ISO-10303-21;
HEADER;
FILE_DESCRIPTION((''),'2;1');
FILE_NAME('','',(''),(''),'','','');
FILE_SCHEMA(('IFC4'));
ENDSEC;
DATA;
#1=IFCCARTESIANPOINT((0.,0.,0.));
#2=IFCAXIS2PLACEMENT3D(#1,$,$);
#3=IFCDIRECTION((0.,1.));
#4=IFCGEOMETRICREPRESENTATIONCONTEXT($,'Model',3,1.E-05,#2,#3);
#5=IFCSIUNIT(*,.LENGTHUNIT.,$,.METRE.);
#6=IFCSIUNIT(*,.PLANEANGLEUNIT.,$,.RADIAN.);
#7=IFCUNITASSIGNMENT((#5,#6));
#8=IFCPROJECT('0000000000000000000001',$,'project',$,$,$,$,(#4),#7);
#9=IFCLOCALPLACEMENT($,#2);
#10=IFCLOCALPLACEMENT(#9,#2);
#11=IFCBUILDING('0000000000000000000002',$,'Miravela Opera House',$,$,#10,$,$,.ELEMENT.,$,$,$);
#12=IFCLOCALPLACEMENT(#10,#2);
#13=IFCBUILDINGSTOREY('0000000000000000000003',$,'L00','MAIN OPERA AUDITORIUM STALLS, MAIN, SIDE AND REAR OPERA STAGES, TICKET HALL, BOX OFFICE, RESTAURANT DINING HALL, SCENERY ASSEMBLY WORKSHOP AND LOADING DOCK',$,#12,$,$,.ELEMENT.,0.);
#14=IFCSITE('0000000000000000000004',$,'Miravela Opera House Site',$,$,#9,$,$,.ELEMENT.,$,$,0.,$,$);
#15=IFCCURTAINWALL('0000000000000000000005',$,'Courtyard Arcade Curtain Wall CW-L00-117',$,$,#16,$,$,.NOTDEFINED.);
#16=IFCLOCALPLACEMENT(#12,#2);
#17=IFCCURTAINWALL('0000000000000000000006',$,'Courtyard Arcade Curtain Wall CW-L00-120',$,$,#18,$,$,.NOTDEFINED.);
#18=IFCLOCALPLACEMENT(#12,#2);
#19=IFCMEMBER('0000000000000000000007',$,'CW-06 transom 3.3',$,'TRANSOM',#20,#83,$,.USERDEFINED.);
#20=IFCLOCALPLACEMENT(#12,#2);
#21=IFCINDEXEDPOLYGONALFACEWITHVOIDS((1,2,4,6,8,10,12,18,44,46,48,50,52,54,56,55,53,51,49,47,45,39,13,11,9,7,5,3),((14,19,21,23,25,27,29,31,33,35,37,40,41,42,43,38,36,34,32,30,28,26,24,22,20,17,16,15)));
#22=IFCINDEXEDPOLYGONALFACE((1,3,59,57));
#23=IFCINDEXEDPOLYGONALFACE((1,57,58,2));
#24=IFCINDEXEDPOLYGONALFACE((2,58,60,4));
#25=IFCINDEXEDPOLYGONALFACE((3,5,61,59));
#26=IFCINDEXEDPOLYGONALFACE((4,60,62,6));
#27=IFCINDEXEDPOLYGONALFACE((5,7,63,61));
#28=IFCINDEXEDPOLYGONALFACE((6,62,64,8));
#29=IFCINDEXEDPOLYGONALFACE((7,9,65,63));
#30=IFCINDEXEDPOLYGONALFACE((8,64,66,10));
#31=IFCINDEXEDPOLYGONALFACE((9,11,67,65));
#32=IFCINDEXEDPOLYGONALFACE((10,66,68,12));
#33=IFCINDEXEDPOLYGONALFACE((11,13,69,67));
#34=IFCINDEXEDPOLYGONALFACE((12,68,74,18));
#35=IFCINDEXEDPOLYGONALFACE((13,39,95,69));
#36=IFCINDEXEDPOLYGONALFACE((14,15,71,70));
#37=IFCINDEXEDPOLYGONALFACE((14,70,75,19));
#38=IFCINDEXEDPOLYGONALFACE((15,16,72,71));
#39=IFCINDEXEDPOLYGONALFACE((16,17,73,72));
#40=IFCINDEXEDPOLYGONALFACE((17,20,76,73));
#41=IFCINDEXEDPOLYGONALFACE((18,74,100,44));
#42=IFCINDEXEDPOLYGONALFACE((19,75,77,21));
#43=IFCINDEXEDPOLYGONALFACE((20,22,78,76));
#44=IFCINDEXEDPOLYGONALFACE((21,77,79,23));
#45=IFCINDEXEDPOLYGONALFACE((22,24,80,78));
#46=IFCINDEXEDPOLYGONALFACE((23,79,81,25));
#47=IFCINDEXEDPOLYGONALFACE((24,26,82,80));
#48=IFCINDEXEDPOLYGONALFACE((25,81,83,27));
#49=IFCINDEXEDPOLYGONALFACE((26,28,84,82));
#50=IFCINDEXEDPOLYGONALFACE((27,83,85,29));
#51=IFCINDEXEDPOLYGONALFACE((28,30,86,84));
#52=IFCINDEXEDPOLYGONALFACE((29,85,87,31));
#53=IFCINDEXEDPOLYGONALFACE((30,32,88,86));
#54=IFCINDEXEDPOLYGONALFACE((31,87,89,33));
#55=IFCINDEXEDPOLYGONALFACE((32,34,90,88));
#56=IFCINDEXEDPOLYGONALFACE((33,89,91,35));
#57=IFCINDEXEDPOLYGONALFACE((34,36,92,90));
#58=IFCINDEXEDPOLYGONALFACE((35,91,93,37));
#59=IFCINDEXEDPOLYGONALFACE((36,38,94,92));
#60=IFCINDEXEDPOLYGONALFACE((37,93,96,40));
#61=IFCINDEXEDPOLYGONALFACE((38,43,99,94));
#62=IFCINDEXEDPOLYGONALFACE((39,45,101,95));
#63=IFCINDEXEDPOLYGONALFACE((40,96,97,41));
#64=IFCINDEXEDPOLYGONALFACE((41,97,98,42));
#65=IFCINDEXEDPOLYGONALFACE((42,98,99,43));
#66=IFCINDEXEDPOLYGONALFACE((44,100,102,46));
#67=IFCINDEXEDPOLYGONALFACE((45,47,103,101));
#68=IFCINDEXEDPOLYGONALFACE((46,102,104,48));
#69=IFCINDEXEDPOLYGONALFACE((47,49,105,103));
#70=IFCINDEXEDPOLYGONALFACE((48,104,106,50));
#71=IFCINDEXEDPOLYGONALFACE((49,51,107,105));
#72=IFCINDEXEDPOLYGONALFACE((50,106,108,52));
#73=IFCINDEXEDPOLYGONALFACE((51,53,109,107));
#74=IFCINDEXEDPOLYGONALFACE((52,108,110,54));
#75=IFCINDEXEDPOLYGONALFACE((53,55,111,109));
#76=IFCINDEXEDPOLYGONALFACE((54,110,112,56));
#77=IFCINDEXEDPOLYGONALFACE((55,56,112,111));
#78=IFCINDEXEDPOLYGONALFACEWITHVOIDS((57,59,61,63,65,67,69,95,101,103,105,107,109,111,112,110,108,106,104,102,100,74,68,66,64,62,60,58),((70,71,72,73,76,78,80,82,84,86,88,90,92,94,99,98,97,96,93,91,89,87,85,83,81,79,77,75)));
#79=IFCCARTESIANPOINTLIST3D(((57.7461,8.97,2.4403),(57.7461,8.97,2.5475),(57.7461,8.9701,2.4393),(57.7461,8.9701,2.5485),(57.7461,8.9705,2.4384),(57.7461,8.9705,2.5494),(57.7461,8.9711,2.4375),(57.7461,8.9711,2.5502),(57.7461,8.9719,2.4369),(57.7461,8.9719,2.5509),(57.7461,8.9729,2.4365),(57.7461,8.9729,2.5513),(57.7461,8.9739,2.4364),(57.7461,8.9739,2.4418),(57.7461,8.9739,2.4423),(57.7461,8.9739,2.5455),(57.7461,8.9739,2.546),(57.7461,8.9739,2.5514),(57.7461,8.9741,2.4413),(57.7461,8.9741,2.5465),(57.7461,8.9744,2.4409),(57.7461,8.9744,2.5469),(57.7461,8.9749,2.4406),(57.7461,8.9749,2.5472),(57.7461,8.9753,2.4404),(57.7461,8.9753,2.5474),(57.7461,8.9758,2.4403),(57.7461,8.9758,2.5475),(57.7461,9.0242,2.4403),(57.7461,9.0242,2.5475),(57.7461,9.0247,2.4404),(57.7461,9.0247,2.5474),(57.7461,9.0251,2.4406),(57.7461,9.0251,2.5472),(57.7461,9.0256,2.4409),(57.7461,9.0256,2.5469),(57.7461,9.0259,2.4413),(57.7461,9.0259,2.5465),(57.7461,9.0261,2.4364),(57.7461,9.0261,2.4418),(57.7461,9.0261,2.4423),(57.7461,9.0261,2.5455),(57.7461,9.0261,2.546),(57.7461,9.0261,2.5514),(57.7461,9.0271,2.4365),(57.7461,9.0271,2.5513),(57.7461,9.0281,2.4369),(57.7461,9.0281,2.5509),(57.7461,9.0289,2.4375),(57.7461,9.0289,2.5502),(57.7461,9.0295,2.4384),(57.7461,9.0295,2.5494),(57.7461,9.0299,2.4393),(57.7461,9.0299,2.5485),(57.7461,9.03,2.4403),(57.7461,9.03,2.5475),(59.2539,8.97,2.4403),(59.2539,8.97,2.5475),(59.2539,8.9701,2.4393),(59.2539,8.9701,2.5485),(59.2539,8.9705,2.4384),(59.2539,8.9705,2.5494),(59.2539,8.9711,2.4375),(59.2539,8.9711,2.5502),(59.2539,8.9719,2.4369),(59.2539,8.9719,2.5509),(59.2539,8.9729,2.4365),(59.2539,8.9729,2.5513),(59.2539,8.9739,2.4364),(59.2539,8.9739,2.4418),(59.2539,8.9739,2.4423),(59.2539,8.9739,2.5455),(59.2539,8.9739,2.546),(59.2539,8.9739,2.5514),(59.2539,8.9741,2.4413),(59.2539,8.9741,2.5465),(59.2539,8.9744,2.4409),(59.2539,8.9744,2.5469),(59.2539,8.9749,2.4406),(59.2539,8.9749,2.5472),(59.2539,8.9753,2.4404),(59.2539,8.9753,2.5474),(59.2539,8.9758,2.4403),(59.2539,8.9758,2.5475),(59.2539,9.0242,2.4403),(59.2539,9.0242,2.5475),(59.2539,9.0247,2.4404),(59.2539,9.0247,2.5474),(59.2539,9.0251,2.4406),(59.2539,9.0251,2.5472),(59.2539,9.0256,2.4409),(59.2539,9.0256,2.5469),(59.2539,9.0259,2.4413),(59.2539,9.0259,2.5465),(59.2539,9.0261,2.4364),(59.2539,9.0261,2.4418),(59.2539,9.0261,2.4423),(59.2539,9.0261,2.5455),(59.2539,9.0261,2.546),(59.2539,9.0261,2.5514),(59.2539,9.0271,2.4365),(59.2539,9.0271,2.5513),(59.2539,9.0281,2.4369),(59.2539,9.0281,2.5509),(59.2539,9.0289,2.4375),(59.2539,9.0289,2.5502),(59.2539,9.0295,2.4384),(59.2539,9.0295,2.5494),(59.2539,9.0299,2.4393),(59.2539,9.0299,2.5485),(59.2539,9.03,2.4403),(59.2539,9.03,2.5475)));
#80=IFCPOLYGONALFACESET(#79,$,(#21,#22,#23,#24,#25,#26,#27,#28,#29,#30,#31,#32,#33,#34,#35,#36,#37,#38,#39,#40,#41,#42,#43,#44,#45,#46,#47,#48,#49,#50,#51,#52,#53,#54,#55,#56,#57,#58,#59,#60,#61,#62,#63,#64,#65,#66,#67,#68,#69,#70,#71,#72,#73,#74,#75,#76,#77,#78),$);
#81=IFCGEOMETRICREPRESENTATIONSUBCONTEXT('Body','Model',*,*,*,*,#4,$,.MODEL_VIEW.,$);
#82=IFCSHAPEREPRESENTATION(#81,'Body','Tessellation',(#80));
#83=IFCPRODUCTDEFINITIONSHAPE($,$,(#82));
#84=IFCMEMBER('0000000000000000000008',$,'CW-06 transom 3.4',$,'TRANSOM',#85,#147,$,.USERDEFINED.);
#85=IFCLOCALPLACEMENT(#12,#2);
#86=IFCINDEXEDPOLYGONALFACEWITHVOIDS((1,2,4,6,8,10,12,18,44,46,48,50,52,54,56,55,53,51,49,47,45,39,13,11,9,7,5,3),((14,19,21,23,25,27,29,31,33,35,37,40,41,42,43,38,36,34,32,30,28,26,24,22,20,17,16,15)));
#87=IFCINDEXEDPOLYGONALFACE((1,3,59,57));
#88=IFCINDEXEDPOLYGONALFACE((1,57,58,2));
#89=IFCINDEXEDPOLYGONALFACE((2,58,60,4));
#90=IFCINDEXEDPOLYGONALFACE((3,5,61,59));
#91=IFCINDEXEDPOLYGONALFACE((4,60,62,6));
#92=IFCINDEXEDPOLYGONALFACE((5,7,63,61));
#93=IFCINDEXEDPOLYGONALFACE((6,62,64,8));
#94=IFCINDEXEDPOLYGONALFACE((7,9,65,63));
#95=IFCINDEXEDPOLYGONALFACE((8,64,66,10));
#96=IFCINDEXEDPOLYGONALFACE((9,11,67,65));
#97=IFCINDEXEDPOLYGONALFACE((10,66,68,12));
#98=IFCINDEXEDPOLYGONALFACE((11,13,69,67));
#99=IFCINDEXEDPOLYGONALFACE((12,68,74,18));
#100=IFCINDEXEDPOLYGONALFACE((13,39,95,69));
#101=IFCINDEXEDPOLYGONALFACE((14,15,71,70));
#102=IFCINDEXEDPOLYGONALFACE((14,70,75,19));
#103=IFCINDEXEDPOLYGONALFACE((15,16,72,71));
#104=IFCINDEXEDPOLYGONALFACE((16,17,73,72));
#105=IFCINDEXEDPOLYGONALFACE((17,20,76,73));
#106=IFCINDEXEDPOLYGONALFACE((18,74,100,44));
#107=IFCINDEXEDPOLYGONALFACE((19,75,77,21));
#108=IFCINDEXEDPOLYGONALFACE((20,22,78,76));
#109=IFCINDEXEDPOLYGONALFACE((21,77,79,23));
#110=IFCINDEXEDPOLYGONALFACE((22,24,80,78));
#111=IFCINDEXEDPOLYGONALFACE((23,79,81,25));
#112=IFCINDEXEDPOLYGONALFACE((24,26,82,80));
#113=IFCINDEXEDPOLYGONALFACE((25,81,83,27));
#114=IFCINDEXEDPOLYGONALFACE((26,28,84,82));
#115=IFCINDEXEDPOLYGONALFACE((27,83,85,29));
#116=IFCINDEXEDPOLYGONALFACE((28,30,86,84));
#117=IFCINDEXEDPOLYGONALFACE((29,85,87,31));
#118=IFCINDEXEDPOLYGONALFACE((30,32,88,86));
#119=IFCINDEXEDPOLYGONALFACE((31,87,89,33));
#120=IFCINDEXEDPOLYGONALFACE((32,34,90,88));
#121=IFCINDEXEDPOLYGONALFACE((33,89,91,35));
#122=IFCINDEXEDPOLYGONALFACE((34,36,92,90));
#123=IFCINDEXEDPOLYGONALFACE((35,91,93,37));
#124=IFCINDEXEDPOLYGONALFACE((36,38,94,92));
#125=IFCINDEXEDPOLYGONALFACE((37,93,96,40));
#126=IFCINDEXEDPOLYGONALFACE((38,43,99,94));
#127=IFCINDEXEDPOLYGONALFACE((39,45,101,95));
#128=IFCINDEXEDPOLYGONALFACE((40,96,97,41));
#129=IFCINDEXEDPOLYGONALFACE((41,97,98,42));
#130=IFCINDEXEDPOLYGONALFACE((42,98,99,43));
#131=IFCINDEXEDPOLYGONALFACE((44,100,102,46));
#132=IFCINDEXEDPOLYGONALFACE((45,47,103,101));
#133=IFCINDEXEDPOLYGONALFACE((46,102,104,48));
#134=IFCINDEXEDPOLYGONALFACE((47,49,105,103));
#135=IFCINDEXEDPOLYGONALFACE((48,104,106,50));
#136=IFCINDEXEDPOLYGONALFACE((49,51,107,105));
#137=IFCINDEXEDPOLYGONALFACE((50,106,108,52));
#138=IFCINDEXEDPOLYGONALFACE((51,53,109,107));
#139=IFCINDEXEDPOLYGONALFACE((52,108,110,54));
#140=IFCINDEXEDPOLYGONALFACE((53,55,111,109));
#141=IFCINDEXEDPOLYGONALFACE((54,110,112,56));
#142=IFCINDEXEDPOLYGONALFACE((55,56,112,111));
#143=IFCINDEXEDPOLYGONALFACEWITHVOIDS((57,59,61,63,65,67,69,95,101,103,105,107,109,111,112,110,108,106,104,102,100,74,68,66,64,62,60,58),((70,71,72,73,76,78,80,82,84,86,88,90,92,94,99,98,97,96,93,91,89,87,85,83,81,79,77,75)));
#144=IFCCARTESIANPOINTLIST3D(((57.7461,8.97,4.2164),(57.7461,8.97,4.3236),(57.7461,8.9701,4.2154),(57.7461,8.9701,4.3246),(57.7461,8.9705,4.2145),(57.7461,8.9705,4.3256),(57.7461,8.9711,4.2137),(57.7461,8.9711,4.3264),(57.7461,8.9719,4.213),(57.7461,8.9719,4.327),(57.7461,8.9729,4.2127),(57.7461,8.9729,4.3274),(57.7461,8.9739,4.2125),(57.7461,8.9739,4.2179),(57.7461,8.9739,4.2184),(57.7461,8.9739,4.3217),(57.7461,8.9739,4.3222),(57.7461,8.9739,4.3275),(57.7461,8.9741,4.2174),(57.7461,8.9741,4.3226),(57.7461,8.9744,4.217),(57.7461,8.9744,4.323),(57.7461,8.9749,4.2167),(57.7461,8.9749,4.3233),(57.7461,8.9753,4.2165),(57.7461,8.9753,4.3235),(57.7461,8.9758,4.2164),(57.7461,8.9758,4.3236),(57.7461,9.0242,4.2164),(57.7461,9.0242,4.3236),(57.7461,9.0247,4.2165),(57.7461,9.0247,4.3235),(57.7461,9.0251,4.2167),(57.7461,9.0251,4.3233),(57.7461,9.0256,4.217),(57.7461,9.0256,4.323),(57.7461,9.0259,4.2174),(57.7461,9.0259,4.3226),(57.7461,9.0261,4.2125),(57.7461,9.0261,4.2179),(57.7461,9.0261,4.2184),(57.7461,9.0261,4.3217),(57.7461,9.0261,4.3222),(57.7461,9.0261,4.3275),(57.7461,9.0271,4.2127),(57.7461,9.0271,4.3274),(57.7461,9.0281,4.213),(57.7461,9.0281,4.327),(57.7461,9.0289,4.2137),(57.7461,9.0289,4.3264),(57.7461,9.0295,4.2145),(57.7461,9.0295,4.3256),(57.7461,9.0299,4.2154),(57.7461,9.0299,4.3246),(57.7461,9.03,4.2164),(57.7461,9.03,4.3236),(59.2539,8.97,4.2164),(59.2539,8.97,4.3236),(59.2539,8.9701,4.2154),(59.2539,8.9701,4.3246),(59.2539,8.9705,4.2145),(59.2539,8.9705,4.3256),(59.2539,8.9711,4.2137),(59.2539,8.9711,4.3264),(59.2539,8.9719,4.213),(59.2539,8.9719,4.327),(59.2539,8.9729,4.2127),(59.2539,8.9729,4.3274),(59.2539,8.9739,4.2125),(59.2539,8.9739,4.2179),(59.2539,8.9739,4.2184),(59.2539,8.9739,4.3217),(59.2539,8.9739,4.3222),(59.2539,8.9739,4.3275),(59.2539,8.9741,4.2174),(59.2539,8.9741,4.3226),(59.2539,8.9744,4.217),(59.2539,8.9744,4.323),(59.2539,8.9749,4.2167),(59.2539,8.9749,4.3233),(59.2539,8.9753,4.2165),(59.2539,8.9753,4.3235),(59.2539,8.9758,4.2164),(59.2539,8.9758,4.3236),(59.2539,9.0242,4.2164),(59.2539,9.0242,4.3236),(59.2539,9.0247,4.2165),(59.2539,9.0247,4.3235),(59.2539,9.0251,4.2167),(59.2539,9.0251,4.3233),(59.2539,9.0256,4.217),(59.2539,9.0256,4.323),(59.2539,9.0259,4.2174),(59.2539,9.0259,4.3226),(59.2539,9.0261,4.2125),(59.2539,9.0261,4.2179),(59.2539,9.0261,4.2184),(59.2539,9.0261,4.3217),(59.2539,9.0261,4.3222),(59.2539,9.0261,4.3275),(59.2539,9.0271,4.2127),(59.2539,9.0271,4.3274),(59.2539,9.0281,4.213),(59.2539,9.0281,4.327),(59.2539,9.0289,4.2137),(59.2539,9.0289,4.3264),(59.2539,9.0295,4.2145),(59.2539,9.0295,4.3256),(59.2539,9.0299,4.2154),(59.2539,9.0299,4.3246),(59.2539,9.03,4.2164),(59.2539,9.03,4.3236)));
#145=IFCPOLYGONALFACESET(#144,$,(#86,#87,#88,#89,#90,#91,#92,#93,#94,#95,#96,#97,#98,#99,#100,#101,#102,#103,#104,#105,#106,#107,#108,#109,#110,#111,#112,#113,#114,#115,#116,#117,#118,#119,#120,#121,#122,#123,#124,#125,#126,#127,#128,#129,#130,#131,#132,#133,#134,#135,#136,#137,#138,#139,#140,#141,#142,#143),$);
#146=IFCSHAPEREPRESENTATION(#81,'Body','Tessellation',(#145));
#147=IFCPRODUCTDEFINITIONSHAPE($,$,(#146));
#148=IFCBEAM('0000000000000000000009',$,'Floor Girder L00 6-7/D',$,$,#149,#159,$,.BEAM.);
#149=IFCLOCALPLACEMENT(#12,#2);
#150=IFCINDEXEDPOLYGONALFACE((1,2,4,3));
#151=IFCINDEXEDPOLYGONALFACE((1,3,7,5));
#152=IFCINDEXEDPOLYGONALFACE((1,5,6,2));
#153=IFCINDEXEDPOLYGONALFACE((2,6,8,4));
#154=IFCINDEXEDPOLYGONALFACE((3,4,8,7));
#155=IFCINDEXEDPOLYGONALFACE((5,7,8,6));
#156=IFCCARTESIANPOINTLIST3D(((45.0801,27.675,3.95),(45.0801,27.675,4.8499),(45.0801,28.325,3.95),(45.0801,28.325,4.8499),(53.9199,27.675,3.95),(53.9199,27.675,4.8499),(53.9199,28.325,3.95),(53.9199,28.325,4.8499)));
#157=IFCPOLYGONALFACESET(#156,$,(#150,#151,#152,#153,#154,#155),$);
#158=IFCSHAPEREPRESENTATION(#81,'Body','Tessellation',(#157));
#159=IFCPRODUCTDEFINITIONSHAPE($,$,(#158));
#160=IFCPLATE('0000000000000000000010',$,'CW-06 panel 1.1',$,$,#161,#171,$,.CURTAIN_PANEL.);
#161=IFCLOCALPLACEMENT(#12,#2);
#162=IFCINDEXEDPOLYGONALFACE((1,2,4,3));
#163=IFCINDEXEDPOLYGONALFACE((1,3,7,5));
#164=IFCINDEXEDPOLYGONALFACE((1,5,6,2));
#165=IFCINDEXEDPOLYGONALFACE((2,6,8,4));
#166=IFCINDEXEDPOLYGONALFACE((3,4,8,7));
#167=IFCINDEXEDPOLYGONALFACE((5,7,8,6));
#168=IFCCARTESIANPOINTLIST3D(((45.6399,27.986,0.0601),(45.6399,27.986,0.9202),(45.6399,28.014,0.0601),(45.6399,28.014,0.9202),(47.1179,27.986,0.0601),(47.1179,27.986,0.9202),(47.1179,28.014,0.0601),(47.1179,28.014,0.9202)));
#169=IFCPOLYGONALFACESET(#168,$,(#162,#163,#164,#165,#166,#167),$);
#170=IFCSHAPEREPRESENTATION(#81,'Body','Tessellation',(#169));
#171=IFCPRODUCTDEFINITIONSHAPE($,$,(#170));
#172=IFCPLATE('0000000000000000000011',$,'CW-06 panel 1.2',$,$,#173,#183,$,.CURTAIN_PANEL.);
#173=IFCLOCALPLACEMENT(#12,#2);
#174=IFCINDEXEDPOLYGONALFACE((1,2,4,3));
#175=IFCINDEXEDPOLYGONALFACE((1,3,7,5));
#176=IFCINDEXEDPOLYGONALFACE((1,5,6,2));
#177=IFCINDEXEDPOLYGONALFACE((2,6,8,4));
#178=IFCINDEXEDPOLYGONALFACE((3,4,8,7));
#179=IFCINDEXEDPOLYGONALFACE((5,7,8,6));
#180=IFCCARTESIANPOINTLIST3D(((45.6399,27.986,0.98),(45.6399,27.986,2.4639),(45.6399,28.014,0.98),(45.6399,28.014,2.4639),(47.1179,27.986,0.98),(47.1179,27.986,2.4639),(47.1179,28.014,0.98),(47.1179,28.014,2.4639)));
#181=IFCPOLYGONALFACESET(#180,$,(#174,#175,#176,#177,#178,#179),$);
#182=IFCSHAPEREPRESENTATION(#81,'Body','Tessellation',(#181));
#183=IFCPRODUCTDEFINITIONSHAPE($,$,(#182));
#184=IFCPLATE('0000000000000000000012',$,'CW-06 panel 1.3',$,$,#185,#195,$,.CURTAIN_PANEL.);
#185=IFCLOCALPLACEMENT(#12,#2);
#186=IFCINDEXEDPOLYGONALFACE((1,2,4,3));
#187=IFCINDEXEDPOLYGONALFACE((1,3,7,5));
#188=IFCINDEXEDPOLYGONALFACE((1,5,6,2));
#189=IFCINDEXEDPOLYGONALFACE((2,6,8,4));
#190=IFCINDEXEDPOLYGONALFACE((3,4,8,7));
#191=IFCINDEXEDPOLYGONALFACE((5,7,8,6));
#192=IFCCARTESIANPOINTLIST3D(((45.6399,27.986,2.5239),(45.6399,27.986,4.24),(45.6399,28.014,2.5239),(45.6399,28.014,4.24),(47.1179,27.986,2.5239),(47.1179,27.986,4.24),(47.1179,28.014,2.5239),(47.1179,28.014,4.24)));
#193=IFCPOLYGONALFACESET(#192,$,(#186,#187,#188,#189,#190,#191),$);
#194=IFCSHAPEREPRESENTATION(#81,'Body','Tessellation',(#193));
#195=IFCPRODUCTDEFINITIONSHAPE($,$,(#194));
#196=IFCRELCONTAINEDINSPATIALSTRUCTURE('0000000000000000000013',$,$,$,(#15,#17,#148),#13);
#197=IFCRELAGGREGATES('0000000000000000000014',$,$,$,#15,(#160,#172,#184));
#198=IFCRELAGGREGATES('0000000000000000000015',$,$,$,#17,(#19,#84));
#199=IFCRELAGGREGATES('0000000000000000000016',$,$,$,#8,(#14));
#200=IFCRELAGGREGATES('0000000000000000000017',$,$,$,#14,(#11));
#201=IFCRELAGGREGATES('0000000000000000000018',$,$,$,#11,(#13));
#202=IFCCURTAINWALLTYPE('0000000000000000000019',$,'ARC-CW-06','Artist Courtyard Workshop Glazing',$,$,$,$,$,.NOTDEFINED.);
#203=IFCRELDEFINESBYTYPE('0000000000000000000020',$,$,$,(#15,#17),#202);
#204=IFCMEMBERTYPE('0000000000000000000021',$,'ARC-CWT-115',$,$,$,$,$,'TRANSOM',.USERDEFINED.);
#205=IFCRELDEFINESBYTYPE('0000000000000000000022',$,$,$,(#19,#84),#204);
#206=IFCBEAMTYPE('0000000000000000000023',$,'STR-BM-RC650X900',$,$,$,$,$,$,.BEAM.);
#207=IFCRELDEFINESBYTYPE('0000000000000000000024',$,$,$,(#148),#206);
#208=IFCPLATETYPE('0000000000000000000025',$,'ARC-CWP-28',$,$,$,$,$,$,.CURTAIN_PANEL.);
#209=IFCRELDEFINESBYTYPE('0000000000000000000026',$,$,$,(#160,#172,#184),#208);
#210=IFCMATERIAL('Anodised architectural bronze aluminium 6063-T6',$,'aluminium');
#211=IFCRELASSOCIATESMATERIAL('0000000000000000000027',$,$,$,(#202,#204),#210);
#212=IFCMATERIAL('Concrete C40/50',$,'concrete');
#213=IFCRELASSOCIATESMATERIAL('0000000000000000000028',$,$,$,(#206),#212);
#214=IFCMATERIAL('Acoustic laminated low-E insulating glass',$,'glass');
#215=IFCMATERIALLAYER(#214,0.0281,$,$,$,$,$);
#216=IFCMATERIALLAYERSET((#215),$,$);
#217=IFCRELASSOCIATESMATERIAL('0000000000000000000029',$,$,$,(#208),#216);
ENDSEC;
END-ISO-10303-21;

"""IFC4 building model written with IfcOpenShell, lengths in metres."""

from ifc_helpers import new_model, si_unit, direction, frame, origin, origin_2d, place, context, subcontext, project, spatial, rectangle, hollow_rectangle, extrude, material, layer, layer_set, material_profile, profile_set, type_object, element, aggregate, save


model = new_model("IFC4")

# Units and contexts
model_context = context("Model", 3, precision=1e-05, world=origin(), true_north=direction((0.0, 1.0)))
body_context = subcontext(model_context, "Body", "Model", "MODEL_VIEW")
ifc_project = project(units=[si_unit("LENGTHUNIT", "METRE"), si_unit("PLANEANGLEUNIT", "RADIAN")], contexts=[model_context])

# Site, building, storey
site_placement = place(None, origin())
site = spatial("IfcSite", under=ifc_project, at=site_placement, Name="Miravela Opera House Site", CompositionType="ELEMENT", RefElevation=0.0)
building_placement = place(site_placement, origin())
building = spatial("IfcBuilding", under=site, at=building_placement, Name="Miravela Opera House", CompositionType="ELEMENT")
storey_placement = place(building_placement, origin())
storey = spatial("IfcBuildingStorey", under=building, at=storey_placement, Name="L00", Description="MAIN OPERA AUDITORIUM STALLS, MAIN, SIDE AND REAR OPERA STAGES, TICKET HALL, BOX OFFICE, RESTAURANT DINING HALL, SCENERY ASSEMBLY WORKSHOP AND LOADING DOCK", CompositionType="ELEMENT", Elevation=0.0)

# Shared definitions
ifc_material_1 = material(Name="Anodised architectural bronze aluminium 6063-T6", Category="aluminium")
curtain_wall_type = type_object("IfcCurtainWallType", Name="ARC-CW-06", Description="Artist Courtyard Workshop Glazing", PredefinedType="NOTDEFINED", material=ifc_material_1)

# Curtain wall
curtain_wall_1_placement = place(storey_placement, origin())
curtain_wall_1 = element("IfcCurtainWall", 1, at=curtain_wall_1_placement, inside=storey, type_object=curtain_wall_type, Name="Courtyard Arcade Curtain Wall CW-L00-117", PredefinedType="NOTDEFINED")

# Curtain wall
curtain_wall_2_placement = place(storey_placement, origin())
curtain_wall_2 = element("IfcCurtainWall", 2, at=curtain_wall_2_placement, inside=storey, type_object=curtain_wall_type, Name="Courtyard Arcade Curtain Wall CW-L00-120", PredefinedType="NOTDEFINED")

# Members
ifc_material_profile_1 = material_profile(ifc_material_1, hollow_rectangle(XDim=0.0601, YDim=0.115, WallThickness=0.0039, InnerFilletRadius=0.002, OuterFilletRadius=0.0039, at=origin_2d()), Name="CWT-60X115")
ifc_profile_set_1 = profile_set([ifc_material_profile_1])
member_type_1 = type_object("IfcMemberType", Name="ARC-CWT-115", ElementType="TRANSOM", PredefinedType="USERDEFINED", material=ifc_profile_set_1)
member_1_placement = place(storey_placement, frame((57.7461, 9.0, 2.4939), z_axis=(1.0, 0.0, 0.0), x_axis=(0.0, 1.0, 0.0)))
member_1 = element("IfcMember", 3, at=member_1_placement, type_object=member_type_1, Name="CW-06 transom 3.3", ObjectType="TRANSOM", PredefinedType="USERDEFINED", context=body_context, shape_type="SweptSolid", body=[
    extrude(hollow_rectangle(XDim=0.0601, YDim=0.115, WallThickness=0.0039, InnerFilletRadius=0.002, OuterFilletRadius=0.0039, at=origin_2d()), origin(), (0.0, 0.0, 1.0), 1.5078),
])
member_2_placement = place(storey_placement, frame((57.7461, 9.0, 4.27), z_axis=(1.0, 0.0, 0.0), x_axis=(0.0, 1.0, 0.0)))
member_2 = element("IfcMember", 4, at=member_2_placement, type_object=member_type_1, Name="CW-06 transom 3.4", ObjectType="TRANSOM", PredefinedType="USERDEFINED", context=body_context, shape_type="SweptSolid", body=[
    extrude(hollow_rectangle(XDim=0.0601, YDim=0.115, WallThickness=0.0039, InnerFilletRadius=0.002, OuterFilletRadius=0.0039, at=origin_2d()), origin(), (0.0, 0.0, 1.0), 1.5078),
])

# Beam
ifc_material_2 = material(Name="Concrete C40/50", Category="concrete")
ifc_material_profile_2 = material_profile(ifc_material_2, rectangle(XDim=0.6499, YDim=0.8999, at=origin_2d()), Name="RC-BM-650X900")
ifc_profile_set_2 = profile_set([ifc_material_profile_2])
beam_type = type_object("IfcBeamType", Name="STR-BM-RC650X900", PredefinedType="BEAM", material=ifc_profile_set_2)
beam_placement = place(storey_placement, frame((45.0801, 28.0, 4.3999), z_axis=(1.0, 0.0, 0.0), x_axis=(0.0, 1.0, 0.0)))
element("IfcBeam", 5, at=beam_placement, inside=storey, type_object=beam_type, Name="Floor Girder L00 6-7/D", PredefinedType="BEAM", context=body_context, shape_type="SweptSolid", body=[
    extrude(rectangle(XDim=0.6499, YDim=0.8999, at=origin_2d()), origin(), (0.0, 0.0, 1.0), 8.8398),
])

# Plates
ifc_material_3 = material(Name="Acoustic laminated low-E insulating glass", Category="glass")
ifc_layer = layer(ifc_material_3, 0.0281)
ifc_layer_set = layer_set([ifc_layer])
plate_type = type_object("IfcPlateType", Name="ARC-CWP-28", PredefinedType="CURTAIN_PANEL", material=ifc_layer_set)
plate_1_placement = place(storey_placement, frame((46.3789, 28.0, 0.0601), z_axis=(0.0, 0.0, 1.0), x_axis=(1.0, 0.0, 0.0)))
plate_1 = element("IfcPlate", 6, at=plate_1_placement, type_object=plate_type, Name="CW-06 panel 1.1", PredefinedType="CURTAIN_PANEL", context=body_context, shape_type="SweptSolid", body=[
    extrude(rectangle(XDim=1.478, YDim=0.0281, at=origin_2d()), origin(), (0.0, 0.0, 1.0), 0.8601),
])
plate_2_placement = place(storey_placement, frame((46.3789, 28.0, 0.98), z_axis=(0.0, 0.0, 1.0), x_axis=(1.0, 0.0, 0.0)))
plate_2 = element("IfcPlate", 7, at=plate_2_placement, type_object=plate_type, Name="CW-06 panel 1.2", PredefinedType="CURTAIN_PANEL", context=body_context, shape_type="SweptSolid", body=[
    extrude(rectangle(XDim=1.478, YDim=0.0281, at=origin_2d()), origin(), (0.0, 0.0, 1.0), 1.4839),
])
plate_3_placement = place(storey_placement, frame((46.3789, 28.0, 2.5239), z_axis=(0.0, 0.0, 1.0), x_axis=(1.0, 0.0, 0.0)))
plate_3 = element("IfcPlate", 8, at=plate_3_placement, type_object=plate_type, Name="CW-06 panel 1.3", PredefinedType="CURTAIN_PANEL", context=body_context, shape_type="SweptSolid", body=[
    extrude(rectangle(XDim=1.478, YDim=0.0281, at=origin_2d()), origin(), (0.0, 0.0, 1.0), 1.7161),
])
aggregate(curtain_wall_1, [plate_1, plate_2, plate_3])
aggregate(curtain_wall_2, [member_1, member_2])

save(model, "model.ifc")
